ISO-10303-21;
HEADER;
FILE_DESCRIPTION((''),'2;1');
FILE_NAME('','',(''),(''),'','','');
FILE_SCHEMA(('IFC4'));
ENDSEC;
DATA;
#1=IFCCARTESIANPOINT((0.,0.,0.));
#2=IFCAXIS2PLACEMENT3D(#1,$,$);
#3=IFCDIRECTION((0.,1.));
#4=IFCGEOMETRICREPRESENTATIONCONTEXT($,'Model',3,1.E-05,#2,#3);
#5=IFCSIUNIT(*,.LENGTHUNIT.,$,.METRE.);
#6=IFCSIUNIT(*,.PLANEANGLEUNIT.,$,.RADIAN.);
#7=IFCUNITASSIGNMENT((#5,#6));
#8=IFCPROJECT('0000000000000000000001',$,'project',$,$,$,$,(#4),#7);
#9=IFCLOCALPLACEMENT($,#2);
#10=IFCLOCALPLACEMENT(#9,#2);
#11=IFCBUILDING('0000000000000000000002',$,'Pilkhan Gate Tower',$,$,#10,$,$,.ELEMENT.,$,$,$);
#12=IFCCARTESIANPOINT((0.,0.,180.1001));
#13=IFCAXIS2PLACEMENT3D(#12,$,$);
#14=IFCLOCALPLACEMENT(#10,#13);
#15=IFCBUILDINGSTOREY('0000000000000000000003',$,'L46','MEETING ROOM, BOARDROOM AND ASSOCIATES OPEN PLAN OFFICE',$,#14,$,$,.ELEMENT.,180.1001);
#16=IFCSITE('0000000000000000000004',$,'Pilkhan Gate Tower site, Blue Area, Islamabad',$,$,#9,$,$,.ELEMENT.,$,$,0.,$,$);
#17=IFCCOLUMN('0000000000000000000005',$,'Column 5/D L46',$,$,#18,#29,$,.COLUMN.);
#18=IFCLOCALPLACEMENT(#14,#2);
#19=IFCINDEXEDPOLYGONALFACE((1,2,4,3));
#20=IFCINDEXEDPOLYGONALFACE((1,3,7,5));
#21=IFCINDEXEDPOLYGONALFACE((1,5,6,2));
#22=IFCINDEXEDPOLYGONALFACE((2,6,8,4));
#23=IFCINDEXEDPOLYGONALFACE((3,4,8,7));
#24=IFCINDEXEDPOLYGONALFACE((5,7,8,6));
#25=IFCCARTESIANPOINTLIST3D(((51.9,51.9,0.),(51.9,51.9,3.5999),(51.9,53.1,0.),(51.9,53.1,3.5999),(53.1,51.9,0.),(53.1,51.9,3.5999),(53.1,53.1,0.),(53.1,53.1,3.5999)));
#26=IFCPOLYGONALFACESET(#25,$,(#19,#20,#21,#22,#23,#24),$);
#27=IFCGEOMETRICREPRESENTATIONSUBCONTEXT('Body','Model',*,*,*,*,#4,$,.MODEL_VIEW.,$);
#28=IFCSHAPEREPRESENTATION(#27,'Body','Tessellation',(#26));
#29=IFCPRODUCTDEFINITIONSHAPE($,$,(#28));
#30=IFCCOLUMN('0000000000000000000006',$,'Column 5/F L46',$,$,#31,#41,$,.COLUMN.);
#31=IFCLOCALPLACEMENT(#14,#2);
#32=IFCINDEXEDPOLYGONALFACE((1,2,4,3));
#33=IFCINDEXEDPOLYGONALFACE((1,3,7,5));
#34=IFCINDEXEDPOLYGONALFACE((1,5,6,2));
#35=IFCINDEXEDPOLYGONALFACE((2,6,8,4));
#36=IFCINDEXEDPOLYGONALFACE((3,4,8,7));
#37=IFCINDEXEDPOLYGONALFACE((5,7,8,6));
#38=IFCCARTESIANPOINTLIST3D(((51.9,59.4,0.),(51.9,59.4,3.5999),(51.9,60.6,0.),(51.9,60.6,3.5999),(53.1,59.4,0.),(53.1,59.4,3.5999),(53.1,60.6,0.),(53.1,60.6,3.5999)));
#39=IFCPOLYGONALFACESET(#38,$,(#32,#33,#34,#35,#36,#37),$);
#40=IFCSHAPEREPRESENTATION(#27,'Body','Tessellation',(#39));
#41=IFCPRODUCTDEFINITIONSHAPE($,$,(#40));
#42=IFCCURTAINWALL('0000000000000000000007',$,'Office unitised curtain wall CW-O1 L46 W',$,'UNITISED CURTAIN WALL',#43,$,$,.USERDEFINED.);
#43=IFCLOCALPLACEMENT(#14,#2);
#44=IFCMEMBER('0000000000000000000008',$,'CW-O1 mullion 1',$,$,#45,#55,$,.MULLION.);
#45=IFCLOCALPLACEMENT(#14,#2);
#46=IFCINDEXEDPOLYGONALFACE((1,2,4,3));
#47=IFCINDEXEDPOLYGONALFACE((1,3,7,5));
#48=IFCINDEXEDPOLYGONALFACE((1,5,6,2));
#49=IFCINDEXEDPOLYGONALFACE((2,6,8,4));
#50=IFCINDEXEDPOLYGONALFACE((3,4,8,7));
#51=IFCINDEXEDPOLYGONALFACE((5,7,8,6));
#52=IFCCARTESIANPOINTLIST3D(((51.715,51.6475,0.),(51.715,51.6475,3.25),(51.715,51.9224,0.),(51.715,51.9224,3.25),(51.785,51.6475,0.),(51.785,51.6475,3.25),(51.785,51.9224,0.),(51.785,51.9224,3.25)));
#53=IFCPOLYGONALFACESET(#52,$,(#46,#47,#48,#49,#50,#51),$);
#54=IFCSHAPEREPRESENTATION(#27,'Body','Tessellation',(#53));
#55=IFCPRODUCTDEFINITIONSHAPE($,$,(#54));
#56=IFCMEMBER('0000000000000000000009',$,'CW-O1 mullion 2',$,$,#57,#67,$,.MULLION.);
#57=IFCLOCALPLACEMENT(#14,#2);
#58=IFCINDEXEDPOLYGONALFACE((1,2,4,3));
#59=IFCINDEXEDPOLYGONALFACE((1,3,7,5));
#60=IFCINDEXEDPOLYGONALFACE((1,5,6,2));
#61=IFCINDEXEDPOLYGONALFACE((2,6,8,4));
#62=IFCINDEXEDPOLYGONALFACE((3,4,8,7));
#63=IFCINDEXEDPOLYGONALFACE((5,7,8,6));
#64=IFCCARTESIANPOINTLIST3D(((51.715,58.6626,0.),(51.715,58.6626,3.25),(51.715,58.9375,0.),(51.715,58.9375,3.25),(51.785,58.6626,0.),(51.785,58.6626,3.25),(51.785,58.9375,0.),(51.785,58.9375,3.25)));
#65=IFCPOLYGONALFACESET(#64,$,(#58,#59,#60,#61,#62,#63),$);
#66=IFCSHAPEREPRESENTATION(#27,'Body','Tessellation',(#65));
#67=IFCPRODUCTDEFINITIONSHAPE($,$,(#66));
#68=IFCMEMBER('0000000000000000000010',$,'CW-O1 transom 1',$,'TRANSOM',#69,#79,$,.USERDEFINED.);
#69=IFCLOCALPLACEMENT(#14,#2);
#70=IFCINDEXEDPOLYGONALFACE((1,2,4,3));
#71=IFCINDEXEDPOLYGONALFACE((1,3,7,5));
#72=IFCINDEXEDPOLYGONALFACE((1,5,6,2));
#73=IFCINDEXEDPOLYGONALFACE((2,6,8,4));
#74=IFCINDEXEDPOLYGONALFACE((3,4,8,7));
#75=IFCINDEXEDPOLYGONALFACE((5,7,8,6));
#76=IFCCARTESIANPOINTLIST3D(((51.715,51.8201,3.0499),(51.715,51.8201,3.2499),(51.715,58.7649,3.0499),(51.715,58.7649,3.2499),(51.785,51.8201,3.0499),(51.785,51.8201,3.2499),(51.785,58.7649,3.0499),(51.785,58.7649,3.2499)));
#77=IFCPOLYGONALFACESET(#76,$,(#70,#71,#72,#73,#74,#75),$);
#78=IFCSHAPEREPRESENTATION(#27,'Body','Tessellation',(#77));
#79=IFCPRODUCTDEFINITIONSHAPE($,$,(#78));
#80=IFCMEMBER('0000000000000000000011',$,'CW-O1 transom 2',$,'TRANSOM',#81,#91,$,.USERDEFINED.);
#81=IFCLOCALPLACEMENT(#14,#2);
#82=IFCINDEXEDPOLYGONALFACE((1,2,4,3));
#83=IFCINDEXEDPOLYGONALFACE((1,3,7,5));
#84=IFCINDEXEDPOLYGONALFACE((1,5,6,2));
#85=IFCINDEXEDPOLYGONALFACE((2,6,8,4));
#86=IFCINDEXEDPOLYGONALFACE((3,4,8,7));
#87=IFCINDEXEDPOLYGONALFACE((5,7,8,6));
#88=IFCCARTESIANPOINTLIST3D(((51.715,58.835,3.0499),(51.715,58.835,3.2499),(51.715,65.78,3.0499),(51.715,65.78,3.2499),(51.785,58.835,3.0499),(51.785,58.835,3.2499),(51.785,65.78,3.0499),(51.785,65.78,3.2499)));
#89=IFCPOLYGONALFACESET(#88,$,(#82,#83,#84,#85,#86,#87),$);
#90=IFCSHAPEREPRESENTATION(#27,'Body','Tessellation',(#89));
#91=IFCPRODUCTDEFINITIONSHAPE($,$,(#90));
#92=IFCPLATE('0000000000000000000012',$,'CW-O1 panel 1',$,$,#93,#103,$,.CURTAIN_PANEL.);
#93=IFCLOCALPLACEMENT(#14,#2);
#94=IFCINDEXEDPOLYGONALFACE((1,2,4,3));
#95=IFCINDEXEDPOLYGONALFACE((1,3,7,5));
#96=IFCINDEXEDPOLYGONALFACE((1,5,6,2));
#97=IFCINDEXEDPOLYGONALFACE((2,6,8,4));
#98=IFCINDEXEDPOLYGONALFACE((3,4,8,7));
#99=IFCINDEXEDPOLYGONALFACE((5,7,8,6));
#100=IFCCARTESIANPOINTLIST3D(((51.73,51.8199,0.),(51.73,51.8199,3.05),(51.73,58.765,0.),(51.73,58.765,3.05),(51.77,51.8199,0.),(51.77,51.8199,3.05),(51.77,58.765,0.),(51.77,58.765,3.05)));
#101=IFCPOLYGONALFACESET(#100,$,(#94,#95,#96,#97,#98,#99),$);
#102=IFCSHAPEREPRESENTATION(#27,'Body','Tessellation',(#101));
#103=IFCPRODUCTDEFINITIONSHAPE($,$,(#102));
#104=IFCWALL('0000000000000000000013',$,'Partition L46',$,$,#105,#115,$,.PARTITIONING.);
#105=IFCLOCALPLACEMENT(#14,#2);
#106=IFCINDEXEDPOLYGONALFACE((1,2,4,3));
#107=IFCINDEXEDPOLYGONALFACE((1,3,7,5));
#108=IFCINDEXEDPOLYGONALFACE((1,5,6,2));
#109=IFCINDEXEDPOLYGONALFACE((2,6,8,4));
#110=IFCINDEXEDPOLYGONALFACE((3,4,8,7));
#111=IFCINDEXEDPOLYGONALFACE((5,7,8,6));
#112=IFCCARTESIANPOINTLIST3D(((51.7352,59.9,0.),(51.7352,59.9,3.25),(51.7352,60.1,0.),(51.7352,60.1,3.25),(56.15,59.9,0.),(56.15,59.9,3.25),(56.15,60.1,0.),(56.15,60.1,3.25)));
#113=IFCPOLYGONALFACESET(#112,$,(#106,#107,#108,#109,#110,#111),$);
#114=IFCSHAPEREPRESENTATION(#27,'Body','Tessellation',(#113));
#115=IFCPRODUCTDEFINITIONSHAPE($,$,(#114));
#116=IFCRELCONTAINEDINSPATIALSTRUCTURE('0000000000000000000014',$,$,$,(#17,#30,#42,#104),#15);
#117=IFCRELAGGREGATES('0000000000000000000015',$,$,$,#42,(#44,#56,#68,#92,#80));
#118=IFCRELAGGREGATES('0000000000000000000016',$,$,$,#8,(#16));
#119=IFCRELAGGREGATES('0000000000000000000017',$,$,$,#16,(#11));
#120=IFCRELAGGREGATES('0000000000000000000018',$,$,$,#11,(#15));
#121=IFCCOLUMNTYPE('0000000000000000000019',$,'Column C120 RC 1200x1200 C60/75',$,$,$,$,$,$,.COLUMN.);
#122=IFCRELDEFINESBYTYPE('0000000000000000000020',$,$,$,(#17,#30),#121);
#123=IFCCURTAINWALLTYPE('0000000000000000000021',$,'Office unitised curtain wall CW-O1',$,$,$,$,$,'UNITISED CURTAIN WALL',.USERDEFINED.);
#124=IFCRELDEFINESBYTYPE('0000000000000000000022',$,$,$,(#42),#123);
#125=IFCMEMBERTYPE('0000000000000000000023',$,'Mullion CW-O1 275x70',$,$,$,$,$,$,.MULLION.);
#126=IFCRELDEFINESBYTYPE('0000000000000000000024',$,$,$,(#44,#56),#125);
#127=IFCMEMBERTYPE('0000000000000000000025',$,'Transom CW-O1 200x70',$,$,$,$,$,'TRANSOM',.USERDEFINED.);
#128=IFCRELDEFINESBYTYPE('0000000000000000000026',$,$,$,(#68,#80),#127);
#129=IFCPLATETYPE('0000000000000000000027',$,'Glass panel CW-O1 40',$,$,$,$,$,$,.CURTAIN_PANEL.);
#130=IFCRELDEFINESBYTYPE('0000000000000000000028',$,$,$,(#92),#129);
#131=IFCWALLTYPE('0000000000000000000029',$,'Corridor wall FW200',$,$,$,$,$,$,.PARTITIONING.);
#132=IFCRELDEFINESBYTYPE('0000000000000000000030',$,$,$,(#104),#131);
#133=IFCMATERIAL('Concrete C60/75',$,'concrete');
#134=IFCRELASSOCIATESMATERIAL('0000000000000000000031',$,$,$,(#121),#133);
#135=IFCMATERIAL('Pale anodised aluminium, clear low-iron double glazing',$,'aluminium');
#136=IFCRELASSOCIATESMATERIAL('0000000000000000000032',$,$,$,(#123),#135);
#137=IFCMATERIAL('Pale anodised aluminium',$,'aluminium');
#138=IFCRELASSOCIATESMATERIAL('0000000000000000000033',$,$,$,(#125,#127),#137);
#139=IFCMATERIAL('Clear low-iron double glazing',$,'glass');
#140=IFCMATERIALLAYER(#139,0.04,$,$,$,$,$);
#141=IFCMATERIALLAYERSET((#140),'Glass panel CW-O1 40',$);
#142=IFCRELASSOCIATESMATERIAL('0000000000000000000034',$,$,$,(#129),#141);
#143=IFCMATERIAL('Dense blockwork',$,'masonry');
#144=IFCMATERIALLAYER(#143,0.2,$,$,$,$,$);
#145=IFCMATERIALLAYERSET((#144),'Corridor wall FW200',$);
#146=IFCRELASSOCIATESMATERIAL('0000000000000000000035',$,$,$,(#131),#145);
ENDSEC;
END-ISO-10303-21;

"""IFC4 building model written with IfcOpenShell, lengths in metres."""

from ifc_helpers import new_model, si_unit, direction, frame, frame_2d, origin, origin_2d, place, context, subcontext, project, spatial, rectangle, extrude, material, layer, layer_set, material_profile, profile_set, type_object, element, aggregate, save


model = new_model("IFC4")

# Units and contexts
model_context = context("Model", 3, precision=1e-05, world=origin(), true_north=direction((0.0, 1.0)))
body_context = subcontext(model_context, "Body", "Model", "MODEL_VIEW")
ifc_project = project(units=[si_unit("LENGTHUNIT", "METRE"), si_unit("PLANEANGLEUNIT", "RADIAN")], contexts=[model_context])

# Site, building, storey
site_placement = place(None, origin())
site = spatial("IfcSite", under=ifc_project, at=site_placement, Name="Pilkhan Gate Tower site, Blue Area, Islamabad", CompositionType="ELEMENT", RefElevation=0.0)
building_placement = place(site_placement, origin())
building = spatial("IfcBuilding", under=site, at=building_placement, Name="Pilkhan Gate Tower", CompositionType="ELEMENT")
storey_placement = place(building_placement, frame((0.0, 0.0, 180.1001)))
storey = spatial("IfcBuildingStorey", under=building, at=storey_placement, Name="L46", Description="MEETING ROOM, BOARDROOM AND ASSOCIATES OPEN PLAN OFFICE", CompositionType="ELEMENT", Elevation=180.1001)

# Columns
ifc_material_1 = material(Name="Concrete C60/75", Category="concrete")
ifc_material_profile_1 = material_profile(ifc_material_1, rectangle(XDim=1.2, YDim=1.2, at=origin_2d()), Name="RC 1200x1200")
ifc_profile_set_1 = profile_set([ifc_material_profile_1], Name="Concrete C60/75")
column_type = type_object("IfcColumnType", Name="Column C120 RC 1200x1200 C60/75", PredefinedType="COLUMN", material=ifc_profile_set_1)
for number, where, z_axis, x_axis, name in (
    (1, (52.5, 52.5, 0.0), (0.0, 0.0, 1.0), (1.0, 0.0, 0.0), "Column 5/D L46"),
    (2, (52.5, 60.0, 0.0), (0.0, 0.0, 1.0), (1.0, 0.0, 0.0), "Column 5/F L46"),
):
    element("IfcColumn", number, at=place(storey_placement, frame(where, z_axis=z_axis, x_axis=x_axis)), inside=storey, type_object=column_type, Name=name, PredefinedType="COLUMN", context=body_context, shape_type="SweptSolid", body=[
        extrude(rectangle(XDim=1.2, YDim=1.2, at=origin_2d()), origin(), (0.0, 0.0, 1.0), 3.5999),
    ])

# Curtain wall, members, plate
ifc_material_2 = material(Name="Pale anodised aluminium, clear low-iron double glazing", Category="aluminium")
curtain_wall_type = type_object("IfcCurtainWallType", Name="Office unitised curtain wall CW-O1", ElementType="UNITISED CURTAIN WALL", PredefinedType="USERDEFINED", material=ifc_material_2)
curtain_wall_placement = place(storey_placement, origin())
curtain_wall = element("IfcCurtainWall", 3, at=curtain_wall_placement, inside=storey, type_object=curtain_wall_type, Name="Office unitised curtain wall CW-O1 L46 W", ObjectType="UNITISED CURTAIN WALL", PredefinedType="USERDEFINED")
ifc_material_3 = material(Name="Pale anodised aluminium", Category="aluminium")
ifc_material_profile_2 = material_profile(ifc_material_3, rectangle(XDim=0.0701, YDim=0.2749, at=origin_2d()), Name="Mullion 275x70")
ifc_profile_set_2 = profile_set([ifc_material_profile_2], Name="Pale anodised aluminium")
member_type_1 = type_object("IfcMemberType", Name="Mullion CW-O1 275x70", PredefinedType="MULLION", material=ifc_profile_set_2)
member_1_placement = place(storey_placement, frame((51.75, 51.7849, 0.0), z_axis=(0.0, 0.0, 1.0), x_axis=(-1.0, 0.0, 0.0)))
member_1 = element("IfcMember", 4, at=member_1_placement, type_object=member_type_1, Name="CW-O1 mullion 1", PredefinedType="MULLION", context=body_context, shape_type="SweptSolid", body=[
    extrude(rectangle(XDim=0.0701, YDim=0.2749, at=origin_2d()), origin(), (0.0, 0.0, 1.0), 3.25),
])
member_2_placement = place(storey_placement, frame((51.75, 58.8, 0.0), z_axis=(0.0, 0.0, 1.0), x_axis=(-1.0, 0.0, 0.0)))
member_2 = element("IfcMember", 5, at=member_2_placement, type_object=member_type_1, Name="CW-O1 mullion 2", PredefinedType="MULLION", context=body_context, shape_type="SweptSolid", body=[
    extrude(rectangle(XDim=0.0701, YDim=0.2749, at=origin_2d()), origin(), (0.0, 0.0, 1.0), 3.25),
])
ifc_material_profile_3 = material_profile(ifc_material_3, rectangle(XDim=0.0701, YDim=0.2, at=origin_2d()), Name="Transom 200x70")
ifc_profile_set_3 = profile_set([ifc_material_profile_3], Name="Pale anodised aluminium")
member_type_2 = type_object("IfcMemberType", Name="Transom CW-O1 200x70", ElementType="TRANSOM", PredefinedType="USERDEFINED", material=ifc_profile_set_3)
member_3_placement = place(storey_placement, frame((51.75, 51.8201, 3.1499), z_axis=(0.0, 1.0, 0.0), x_axis=(-1.0, 0.0, 0.0)))
member_3 = element("IfcMember", 6, at=member_3_placement, type_object=member_type_2, Name="CW-O1 transom 1", ObjectType="TRANSOM", PredefinedType="USERDEFINED", context=body_context, shape_type="SweptSolid", body=[
    extrude(rectangle(XDim=0.0701, YDim=0.2, at=origin_2d()), origin(), (0.0, 0.0, 1.0), 6.9448),
])
member_4_placement = place(storey_placement, frame((51.75, 58.835, 3.1499), z_axis=(0.0, 1.0, 0.0), x_axis=(-1.0, 0.0, 0.0)))
member_4 = element("IfcMember", 7, at=member_4_placement, type_object=member_type_2, Name="CW-O1 transom 2", ObjectType="TRANSOM", PredefinedType="USERDEFINED", context=body_context, shape_type="SweptSolid", body=[
    extrude(rectangle(XDim=0.0701, YDim=0.2, at=origin_2d()), origin(), (0.0, 0.0, 1.0), 6.9451),
])
ifc_material_4 = material(Name="Clear low-iron double glazing", Category="glass")
ifc_layer_1 = layer(ifc_material_4, 0.04)
ifc_layer_set_1 = layer_set([ifc_layer_1], Name="Glass panel CW-O1 40")
plate_type = type_object("IfcPlateType", Name="Glass panel CW-O1 40", PredefinedType="CURTAIN_PANEL", material=ifc_layer_set_1)
plate_placement = place(storey_placement, frame((51.75, 55.2925, 0.0), z_axis=(0.0, 0.0, 1.0), x_axis=(0.0, 1.0, 0.0)))
plate = element("IfcPlate", 8, at=plate_placement, type_object=plate_type, Name="CW-O1 panel 1", PredefinedType="CURTAIN_PANEL", context=body_context, shape_type="SweptSolid", body=[
    extrude(rectangle(XDim=6.9451, YDim=0.04, at=origin_2d()), origin(), (0.0, 0.0, 1.0), 3.05),
])
aggregate(curtain_wall, [member_1, member_2, member_3, plate, member_4])

# Shared definitions
ifc_material_5 = material(Name="Dense blockwork", Category="masonry")
ifc_layer_2 = layer(ifc_material_5, 0.2)
ifc_layer_set_2 = layer_set([ifc_layer_2], Name="Corridor wall FW200")
wall_type = type_object("IfcWallType", Name="Corridor wall FW200", PredefinedType="PARTITIONING", material=ifc_layer_set_2)

# Wall
wall_1_placement = place(storey_placement, frame((51.7351, 60.0, 0.0), z_axis=(0.0, 0.0, 1.0), x_axis=(1.0, 0.0, 0.0)))
element("IfcWall", 9, at=wall_1_placement, inside=storey, type_object=wall_type, Name="Partition L46", PredefinedType="PARTITIONING", context=body_context, shape_type="SweptSolid", body=[
    extrude(rectangle(XDim=4.4148, YDim=0.2, at=frame_2d((2.2075, 0.0))), origin(), (0.0, 0.0, 1.0), 3.25),
])

save(model, "model.ifc")
